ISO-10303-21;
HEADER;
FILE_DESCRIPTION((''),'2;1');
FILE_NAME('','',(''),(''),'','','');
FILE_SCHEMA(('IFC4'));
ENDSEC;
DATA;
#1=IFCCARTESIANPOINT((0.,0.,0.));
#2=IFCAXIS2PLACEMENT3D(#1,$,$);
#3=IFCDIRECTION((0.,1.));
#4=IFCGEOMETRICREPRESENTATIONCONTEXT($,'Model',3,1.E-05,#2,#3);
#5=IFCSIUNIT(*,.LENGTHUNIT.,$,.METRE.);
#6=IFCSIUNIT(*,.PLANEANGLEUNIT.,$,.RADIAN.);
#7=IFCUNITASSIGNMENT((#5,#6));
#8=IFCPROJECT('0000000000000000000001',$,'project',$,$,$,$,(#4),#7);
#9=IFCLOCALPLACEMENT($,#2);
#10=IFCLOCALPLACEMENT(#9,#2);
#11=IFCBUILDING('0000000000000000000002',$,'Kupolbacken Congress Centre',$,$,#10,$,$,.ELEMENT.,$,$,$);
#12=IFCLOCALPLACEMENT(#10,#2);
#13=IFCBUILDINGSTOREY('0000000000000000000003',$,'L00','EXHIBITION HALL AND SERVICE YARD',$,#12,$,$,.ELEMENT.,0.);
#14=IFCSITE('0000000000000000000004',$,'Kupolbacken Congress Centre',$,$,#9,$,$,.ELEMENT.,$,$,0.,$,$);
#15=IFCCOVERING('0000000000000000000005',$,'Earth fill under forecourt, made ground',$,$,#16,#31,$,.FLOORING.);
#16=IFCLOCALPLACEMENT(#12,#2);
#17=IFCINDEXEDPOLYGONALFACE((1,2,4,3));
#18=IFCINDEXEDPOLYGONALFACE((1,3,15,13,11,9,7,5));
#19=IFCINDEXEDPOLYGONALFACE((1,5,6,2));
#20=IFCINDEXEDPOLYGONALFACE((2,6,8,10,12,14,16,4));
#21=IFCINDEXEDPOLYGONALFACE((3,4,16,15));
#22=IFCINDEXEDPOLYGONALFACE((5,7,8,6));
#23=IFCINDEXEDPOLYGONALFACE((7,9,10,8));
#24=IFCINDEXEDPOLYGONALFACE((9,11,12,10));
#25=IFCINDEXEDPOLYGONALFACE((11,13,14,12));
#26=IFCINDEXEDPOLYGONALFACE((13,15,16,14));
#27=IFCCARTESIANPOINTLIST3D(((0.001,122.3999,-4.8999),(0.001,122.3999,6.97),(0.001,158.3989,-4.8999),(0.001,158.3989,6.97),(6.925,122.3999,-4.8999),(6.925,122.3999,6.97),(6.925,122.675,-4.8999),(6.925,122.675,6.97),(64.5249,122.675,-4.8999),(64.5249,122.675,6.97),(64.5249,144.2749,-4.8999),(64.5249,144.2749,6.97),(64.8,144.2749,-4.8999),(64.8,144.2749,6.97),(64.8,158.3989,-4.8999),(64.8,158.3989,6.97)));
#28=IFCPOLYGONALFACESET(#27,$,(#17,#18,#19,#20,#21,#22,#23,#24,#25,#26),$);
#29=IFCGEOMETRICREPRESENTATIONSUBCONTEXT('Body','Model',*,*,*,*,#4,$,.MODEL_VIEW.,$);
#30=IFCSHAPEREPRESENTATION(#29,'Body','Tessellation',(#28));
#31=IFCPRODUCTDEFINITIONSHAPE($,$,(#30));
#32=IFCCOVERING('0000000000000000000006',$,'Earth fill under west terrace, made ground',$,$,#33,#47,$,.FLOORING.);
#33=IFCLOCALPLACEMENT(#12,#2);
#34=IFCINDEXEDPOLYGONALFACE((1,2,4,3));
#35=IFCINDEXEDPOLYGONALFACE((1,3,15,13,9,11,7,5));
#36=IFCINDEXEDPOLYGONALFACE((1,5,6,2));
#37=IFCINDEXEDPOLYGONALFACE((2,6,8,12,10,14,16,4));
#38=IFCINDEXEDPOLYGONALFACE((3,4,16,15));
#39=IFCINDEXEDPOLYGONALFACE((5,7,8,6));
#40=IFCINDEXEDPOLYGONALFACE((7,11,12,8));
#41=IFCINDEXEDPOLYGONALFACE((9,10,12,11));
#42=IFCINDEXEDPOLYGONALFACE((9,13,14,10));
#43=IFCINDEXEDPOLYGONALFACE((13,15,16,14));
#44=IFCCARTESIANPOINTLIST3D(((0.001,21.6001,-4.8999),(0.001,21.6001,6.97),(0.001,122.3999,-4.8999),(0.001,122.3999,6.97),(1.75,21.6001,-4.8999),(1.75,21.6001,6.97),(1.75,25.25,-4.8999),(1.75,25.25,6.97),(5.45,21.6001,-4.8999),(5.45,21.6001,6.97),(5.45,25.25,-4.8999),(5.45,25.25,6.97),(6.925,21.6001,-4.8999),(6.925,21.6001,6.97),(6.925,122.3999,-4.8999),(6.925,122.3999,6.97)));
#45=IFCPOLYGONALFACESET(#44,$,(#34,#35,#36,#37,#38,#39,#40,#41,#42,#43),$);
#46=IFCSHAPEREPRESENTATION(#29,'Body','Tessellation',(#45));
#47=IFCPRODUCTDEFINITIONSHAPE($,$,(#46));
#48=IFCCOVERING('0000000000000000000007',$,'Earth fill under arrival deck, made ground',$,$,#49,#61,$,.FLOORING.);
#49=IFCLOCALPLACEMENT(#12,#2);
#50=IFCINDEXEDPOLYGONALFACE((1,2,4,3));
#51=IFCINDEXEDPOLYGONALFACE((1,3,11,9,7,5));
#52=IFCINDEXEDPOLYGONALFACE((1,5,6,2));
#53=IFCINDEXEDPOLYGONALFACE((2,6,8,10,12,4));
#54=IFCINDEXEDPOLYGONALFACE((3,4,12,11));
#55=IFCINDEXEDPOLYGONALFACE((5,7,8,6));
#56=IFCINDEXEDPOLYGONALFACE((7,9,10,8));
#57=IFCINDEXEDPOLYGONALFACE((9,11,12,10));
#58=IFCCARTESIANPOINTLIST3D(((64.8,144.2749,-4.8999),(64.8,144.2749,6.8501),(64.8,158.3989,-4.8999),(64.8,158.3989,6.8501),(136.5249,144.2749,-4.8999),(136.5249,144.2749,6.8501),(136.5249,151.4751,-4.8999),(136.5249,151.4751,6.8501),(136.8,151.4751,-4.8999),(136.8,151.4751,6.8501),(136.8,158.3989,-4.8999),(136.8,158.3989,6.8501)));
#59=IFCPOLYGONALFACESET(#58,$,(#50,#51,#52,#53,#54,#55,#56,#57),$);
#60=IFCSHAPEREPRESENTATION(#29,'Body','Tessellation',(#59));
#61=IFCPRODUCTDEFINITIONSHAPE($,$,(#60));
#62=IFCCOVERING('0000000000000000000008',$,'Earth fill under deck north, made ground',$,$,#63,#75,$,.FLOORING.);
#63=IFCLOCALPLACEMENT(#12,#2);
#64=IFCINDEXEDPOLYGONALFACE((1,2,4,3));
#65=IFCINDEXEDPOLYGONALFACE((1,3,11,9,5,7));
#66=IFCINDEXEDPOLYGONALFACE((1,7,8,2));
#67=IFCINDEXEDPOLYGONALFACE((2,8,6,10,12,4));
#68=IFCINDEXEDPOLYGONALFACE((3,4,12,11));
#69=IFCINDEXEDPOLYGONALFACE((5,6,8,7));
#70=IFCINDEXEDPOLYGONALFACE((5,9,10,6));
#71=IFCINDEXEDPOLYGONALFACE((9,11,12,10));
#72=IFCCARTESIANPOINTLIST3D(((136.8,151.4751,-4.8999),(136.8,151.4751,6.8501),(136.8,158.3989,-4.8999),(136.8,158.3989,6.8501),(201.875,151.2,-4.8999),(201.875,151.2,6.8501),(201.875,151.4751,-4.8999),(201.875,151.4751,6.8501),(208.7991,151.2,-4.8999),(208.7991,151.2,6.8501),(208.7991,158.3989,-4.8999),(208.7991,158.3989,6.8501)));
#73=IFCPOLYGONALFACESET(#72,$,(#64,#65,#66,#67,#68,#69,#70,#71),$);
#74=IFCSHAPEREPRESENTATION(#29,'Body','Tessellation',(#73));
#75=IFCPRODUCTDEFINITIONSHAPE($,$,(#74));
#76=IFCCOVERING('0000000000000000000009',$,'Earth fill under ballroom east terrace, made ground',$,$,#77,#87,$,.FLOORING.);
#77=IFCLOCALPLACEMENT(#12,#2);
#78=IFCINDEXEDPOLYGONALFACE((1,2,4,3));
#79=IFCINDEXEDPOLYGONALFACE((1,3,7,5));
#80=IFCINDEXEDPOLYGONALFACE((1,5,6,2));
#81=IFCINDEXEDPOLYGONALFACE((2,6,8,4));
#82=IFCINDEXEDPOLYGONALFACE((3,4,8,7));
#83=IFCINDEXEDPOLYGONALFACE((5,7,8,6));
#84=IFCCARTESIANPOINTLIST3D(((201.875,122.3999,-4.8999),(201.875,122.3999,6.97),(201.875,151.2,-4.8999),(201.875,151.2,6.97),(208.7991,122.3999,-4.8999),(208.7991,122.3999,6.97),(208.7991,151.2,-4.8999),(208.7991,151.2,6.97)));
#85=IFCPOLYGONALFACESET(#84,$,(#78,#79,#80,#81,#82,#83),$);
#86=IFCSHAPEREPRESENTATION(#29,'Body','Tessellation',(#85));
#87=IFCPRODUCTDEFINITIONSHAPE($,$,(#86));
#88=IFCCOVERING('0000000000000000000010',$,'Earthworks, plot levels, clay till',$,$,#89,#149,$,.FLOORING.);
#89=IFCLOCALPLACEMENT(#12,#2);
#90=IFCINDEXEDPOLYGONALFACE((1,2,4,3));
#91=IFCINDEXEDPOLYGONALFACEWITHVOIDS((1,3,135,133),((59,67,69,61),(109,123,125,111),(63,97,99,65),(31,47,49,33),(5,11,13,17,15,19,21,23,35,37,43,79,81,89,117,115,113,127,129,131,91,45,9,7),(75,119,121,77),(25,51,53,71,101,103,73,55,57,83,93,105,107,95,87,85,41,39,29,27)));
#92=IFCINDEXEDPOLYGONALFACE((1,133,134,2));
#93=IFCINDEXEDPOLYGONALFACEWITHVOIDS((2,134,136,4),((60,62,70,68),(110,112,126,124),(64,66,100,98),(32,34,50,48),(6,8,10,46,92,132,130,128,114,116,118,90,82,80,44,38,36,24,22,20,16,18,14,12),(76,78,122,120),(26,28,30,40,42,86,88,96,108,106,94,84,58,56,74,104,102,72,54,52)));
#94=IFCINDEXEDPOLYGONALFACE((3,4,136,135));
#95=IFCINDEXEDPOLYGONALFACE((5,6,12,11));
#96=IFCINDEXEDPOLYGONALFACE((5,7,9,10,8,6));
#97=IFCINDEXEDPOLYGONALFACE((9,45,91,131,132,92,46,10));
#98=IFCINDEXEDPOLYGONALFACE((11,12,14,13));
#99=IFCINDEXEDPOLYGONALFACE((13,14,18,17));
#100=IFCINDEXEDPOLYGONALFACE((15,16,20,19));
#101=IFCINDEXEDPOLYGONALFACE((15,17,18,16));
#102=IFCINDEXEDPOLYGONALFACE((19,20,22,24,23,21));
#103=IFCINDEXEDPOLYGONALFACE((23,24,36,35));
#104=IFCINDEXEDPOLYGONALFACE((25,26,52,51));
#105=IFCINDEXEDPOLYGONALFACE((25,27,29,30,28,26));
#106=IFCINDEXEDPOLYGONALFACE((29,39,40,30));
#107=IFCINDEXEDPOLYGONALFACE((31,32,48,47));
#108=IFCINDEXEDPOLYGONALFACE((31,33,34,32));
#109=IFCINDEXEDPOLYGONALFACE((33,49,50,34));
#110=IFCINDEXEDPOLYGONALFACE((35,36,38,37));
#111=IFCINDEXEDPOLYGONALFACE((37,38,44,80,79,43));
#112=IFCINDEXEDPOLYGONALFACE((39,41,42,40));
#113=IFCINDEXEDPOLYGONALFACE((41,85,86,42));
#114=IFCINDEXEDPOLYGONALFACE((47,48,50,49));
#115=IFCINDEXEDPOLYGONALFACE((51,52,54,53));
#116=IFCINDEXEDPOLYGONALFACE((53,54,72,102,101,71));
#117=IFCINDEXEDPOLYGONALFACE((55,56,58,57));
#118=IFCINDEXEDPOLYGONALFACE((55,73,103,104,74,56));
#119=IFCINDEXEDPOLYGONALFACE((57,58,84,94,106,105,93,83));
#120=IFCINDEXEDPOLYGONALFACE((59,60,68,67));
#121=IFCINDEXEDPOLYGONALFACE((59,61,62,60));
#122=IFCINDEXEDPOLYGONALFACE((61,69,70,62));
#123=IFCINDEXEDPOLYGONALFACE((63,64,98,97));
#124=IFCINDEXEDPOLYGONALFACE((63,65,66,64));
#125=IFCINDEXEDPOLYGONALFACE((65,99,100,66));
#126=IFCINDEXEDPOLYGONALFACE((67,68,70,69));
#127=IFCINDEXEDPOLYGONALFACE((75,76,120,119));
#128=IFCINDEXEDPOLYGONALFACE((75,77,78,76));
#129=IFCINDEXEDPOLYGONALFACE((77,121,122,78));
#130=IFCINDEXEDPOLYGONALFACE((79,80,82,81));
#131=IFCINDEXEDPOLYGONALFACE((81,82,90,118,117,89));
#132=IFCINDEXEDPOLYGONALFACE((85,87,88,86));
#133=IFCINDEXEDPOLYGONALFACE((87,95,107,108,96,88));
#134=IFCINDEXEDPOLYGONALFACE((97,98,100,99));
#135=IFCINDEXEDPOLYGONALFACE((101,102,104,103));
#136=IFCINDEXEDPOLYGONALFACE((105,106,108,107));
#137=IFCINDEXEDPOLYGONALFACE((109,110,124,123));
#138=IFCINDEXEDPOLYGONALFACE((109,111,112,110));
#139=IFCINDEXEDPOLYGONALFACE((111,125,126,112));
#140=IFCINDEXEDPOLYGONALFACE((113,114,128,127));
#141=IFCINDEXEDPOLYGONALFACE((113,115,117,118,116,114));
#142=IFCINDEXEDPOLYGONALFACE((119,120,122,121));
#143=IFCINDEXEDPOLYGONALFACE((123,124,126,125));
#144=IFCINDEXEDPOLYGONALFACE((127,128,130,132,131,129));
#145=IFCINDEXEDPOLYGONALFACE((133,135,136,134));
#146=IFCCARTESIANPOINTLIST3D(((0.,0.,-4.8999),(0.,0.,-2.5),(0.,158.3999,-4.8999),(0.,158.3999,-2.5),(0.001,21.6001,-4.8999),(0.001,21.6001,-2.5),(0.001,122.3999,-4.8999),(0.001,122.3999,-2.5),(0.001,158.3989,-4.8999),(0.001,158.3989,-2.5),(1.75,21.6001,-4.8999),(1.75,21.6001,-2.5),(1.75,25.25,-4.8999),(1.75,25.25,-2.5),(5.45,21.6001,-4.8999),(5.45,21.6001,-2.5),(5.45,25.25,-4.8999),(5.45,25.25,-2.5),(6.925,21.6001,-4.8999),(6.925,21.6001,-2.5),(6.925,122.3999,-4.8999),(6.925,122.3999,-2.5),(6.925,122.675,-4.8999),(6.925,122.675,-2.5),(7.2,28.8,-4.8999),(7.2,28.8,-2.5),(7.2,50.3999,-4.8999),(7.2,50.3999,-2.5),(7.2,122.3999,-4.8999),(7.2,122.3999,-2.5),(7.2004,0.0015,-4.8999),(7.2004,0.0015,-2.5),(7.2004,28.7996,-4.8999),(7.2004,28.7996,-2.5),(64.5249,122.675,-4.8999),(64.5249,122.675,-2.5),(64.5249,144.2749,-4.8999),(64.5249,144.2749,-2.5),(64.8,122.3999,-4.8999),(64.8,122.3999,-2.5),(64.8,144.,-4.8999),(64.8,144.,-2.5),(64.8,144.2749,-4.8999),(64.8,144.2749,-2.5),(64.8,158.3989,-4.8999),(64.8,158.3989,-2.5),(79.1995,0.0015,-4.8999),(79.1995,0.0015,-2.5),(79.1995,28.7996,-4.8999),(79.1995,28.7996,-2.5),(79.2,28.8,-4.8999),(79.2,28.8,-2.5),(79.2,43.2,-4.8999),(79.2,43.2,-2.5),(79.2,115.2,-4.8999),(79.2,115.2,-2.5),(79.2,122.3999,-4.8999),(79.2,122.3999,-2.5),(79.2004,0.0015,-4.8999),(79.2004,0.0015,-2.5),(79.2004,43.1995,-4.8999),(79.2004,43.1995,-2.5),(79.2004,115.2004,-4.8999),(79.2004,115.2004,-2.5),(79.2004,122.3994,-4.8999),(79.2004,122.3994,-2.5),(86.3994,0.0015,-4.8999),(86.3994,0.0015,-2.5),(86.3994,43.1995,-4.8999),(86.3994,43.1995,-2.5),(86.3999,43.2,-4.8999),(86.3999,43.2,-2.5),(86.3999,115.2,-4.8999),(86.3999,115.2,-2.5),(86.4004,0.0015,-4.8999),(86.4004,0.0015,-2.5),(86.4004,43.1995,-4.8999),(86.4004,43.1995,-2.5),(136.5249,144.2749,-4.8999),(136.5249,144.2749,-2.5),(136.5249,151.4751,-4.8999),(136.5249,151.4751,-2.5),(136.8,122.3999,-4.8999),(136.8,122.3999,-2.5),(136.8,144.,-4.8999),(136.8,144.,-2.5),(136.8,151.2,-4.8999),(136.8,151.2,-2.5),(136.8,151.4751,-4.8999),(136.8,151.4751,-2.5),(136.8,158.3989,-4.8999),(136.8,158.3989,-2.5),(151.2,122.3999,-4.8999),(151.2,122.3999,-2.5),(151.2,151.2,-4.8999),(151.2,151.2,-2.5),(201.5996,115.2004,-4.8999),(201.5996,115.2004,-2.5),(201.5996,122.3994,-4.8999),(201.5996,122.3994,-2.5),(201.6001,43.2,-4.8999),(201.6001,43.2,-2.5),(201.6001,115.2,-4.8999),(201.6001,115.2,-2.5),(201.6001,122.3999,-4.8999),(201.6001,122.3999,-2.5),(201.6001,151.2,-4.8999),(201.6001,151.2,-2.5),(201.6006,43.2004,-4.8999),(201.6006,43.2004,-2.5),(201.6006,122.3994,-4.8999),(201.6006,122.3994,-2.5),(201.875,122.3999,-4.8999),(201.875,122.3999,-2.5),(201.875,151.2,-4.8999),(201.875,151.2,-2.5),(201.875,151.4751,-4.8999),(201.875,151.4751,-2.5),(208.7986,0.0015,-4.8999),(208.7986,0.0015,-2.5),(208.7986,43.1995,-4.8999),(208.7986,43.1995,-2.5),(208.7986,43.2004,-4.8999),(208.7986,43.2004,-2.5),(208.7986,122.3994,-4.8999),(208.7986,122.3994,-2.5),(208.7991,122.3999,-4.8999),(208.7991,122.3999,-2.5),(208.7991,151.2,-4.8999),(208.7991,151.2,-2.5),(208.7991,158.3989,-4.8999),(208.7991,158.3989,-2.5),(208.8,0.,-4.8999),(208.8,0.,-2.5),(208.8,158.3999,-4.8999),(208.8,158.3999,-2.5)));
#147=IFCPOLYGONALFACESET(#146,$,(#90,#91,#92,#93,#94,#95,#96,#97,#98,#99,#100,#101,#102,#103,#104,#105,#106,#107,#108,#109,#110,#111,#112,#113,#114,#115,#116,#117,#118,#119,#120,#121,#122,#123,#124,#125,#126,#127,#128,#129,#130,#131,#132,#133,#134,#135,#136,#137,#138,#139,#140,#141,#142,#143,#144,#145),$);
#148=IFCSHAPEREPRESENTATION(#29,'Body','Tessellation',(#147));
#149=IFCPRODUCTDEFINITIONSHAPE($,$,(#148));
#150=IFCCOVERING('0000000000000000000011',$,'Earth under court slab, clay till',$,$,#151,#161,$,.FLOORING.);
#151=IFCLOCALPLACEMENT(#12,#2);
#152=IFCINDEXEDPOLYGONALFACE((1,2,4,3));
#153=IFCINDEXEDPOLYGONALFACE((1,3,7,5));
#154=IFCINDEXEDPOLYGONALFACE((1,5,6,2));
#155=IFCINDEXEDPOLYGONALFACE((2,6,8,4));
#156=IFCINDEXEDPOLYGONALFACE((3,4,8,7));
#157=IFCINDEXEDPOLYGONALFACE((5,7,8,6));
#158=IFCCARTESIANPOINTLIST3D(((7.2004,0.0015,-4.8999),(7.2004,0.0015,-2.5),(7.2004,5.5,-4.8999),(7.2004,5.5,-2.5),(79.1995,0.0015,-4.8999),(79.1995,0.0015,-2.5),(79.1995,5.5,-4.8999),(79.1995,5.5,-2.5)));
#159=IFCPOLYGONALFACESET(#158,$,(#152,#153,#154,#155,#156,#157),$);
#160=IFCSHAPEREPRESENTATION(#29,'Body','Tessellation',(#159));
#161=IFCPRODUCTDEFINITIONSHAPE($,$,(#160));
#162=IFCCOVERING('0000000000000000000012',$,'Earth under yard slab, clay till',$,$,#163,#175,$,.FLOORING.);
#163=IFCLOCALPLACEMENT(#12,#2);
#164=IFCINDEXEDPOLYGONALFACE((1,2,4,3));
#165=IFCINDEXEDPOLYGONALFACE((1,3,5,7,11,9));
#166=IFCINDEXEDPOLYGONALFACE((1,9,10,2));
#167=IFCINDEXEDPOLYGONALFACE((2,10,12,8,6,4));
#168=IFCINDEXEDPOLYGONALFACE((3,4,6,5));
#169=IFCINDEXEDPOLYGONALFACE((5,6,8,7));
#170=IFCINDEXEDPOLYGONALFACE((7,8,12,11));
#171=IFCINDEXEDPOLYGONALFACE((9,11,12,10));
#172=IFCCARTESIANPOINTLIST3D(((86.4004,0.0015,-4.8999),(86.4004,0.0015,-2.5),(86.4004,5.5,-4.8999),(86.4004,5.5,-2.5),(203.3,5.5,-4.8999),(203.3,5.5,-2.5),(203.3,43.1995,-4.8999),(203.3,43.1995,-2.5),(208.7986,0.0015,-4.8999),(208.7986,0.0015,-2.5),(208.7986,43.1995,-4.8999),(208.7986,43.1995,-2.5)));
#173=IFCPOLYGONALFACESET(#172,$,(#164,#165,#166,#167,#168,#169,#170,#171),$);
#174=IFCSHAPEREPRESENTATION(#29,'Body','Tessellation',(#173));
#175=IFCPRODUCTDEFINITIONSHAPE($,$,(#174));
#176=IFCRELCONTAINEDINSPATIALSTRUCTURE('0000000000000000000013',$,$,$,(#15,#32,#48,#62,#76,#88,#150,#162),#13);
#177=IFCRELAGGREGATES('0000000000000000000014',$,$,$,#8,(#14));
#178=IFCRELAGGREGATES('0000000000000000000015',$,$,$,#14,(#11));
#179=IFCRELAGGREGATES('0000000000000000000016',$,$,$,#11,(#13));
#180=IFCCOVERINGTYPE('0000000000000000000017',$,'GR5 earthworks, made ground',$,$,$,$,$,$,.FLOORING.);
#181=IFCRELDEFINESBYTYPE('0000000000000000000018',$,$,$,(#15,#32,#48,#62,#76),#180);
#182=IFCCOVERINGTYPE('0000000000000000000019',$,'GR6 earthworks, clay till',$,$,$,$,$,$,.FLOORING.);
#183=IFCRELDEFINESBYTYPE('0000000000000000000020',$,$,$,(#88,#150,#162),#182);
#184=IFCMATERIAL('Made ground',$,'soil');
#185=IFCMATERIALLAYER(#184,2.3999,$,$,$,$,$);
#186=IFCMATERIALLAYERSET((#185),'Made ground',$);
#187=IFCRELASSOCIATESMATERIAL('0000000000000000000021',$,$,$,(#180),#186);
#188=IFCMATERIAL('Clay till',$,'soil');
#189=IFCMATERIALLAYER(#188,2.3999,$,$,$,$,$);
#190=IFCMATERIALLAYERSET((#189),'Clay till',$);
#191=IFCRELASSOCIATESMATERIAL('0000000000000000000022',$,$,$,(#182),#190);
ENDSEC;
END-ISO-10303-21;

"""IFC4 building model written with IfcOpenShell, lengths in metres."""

from ifc_helpers import new_model, si_unit, direction, frame, origin, place, context, subcontext, project, spatial, polyline, outline, extrude, material, layer, layer_set, type_object, element, save


model = new_model("IFC4")

# Units and contexts
model_context = context("Model", 3, precision=1e-05, world=origin(), true_north=direction((0.0, 1.0)))
body_context = subcontext(model_context, "Body", "Model", "MODEL_VIEW")
ifc_project = project(units=[si_unit("LENGTHUNIT", "METRE"), si_unit("PLANEANGLEUNIT", "RADIAN")], contexts=[model_context])

# Site, building, storey
site_placement = place(None, origin())
site = spatial("IfcSite", under=ifc_project, at=site_placement, Name="Kupolbacken Congress Centre", CompositionType="ELEMENT", RefElevation=0.0)
building_placement = place(site_placement, origin())
building = spatial("IfcBuilding", under=site, at=building_placement, Name="Kupolbacken Congress Centre", CompositionType="ELEMENT")
storey_placement = place(building_placement, origin())
storey = spatial("IfcBuildingStorey", under=building, at=storey_placement, Name="L00", Description="EXHIBITION HALL AND SERVICE YARD", CompositionType="ELEMENT", Elevation=0.0)

# Coverings
ifc_material_1 = material(Name="Made ground", Category="soil")
ifc_layer_1 = layer(ifc_material_1, 2.3999)
ifc_layer_set_1 = layer_set([ifc_layer_1], Name="Made ground")
covering_type_1 = type_object("IfcCoveringType", Name="GR5 earthworks, made ground", PredefinedType="FLOORING", material=ifc_layer_set_1)
covering_1_placement = place(storey_placement, frame((0.0, 0.0, -4.8999)))
element("IfcCovering", 1, at=covering_1_placement, inside=storey, type_object=covering_type_1, Name="Earth fill under forecourt, made ground", PredefinedType="FLOORING", context=body_context, shape_type="SweptSolid", body=[
    extrude(outline(polyline([(64.8, 144.2749), (64.5249, 144.2749), (64.5249, 122.675), (6.925, 122.675), (6.925, 122.3999), (0.001, 122.3999), (0.001, 158.3989), (64.8, 158.3989), (64.8, 144.2749)])), origin(), (0.0, 0.0, 1.0), 11.8699),
])
covering_2_placement = place(storey_placement, frame((0.0, 0.0, -4.8999)))
element("IfcCovering", 2, at=covering_2_placement, inside=storey, type_object=covering_type_1, Name="Earth fill under west terrace, made ground", PredefinedType="FLOORING", context=body_context, shape_type="SweptSolid", body=[
    extrude(outline(polyline([(6.925, 122.3999), (6.925, 21.6001), (5.45, 21.6001), (5.45, 25.25), (1.75, 25.25), (1.75, 21.6001), (0.001, 21.6001), (0.001, 122.3999), (6.925, 122.3999)])), origin(), (0.0, 0.0, 1.0), 11.8699),
])
covering_3_placement = place(storey_placement, frame((0.0, 0.0, -4.8999)))
element("IfcCovering", 3, at=covering_3_placement, inside=storey, type_object=covering_type_1, Name="Earth fill under arrival deck, made ground", PredefinedType="FLOORING", context=body_context, shape_type="SweptSolid", body=[
    extrude(outline(polyline([(136.8, 151.4751), (136.5249, 151.4751), (136.5249, 144.2749), (64.8, 144.2749), (64.8, 158.3989), (136.8, 158.3989), (136.8, 151.4751)])), origin(), (0.0, 0.0, 1.0), 11.75),
])
covering_4_placement = place(storey_placement, frame((0.0, 0.0, -4.8999)))
element("IfcCovering", 4, at=covering_4_placement, inside=storey, type_object=covering_type_1, Name="Earth fill under deck north, made ground", PredefinedType="FLOORING", context=body_context, shape_type="SweptSolid", body=[
    extrude(outline(polyline([(201.875, 151.2), (201.875, 151.4751), (136.8, 151.4751), (136.8, 158.3989), (208.7991, 158.3989), (208.7991, 151.2), (201.875, 151.2)])), origin(), (0.0, 0.0, 1.0), 11.75),
])
covering_5_placement = place(storey_placement, frame((0.0, 0.0, -4.8999)))
element("IfcCovering", 5, at=covering_5_placement, inside=storey, type_object=covering_type_1, Name="Earth fill under ballroom east terrace, made ground", PredefinedType="FLOORING", context=body_context, shape_type="SweptSolid", body=[
    extrude(outline(polyline([(201.875, 122.3999), (201.875, 151.2), (208.7991, 151.2), (208.7991, 122.3999), (201.875, 122.3999)])), origin(), (0.0, 0.0, 1.0), 11.8699),
])
ifc_material_2 = material(Name="Clay till", Category="soil")
ifc_layer_2 = layer(ifc_material_2, 2.3999)
ifc_layer_set_2 = layer_set([ifc_layer_2], Name="Clay till")
covering_type_2 = type_object("IfcCoveringType", Name="GR6 earthworks, clay till", PredefinedType="FLOORING", material=ifc_layer_set_2)
covering_6_placement = place(storey_placement, frame((0.0, 0.0, -4.8999)))
element("IfcCovering", 6, at=covering_6_placement, inside=storey, type_object=covering_type_2, Name="Earthworks, plot levels, clay till", PredefinedType="FLOORING", context=body_context, shape_type="SweptSolid", body=[
    extrude(outline(polyline([(0.0, 158.3999), (208.8, 158.3999), (208.8, 0.0), (0.0, 0.0), (0.0, 158.3999)]), holes=[polyline([(5.45, 21.6001), (6.925, 21.6001), (6.925, 122.3999), (6.925, 122.675), (64.5249, 122.675), (64.5249, 144.2749), (64.8, 144.2749), (136.5249, 144.2749), (136.5249, 151.4751), (136.8, 151.4751), (201.875, 151.4751), (201.875, 151.2), (201.875, 122.3999), (208.7991, 122.3999), (208.7991, 151.2), (208.7991, 158.3989), (136.8, 158.3989), (64.8, 158.3989), (0.001, 158.3989), (0.001, 122.3999), (0.001, 21.6001), (1.75, 21.6001), (1.75, 25.25), (5.45, 25.25), (5.45, 21.6001)]), polyline([(208.7986, 43.1995), (86.4004, 43.1995), (86.4004, 0.0015), (208.7986, 0.0015), (208.7986, 43.1995)]), polyline([(208.7986, 43.2004), (208.7986, 122.3994), (201.6006, 122.3994), (201.6006, 43.2004), (208.7986, 43.2004)]), polyline([(7.2, 28.8), (79.2, 28.8), (79.2, 43.2), (86.3999, 43.2), (201.6001, 43.2), (201.6001, 115.2), (86.3999, 115.2), (79.2, 115.2), (79.2, 122.3999), (136.8, 122.3999), (151.2, 122.3999), (201.6001, 122.3999), (201.6001, 151.2), (151.2, 151.2), (136.8, 151.2), (136.8, 144.0), (64.8, 144.0), (64.8, 122.3999), (7.2, 122.3999), (7.2, 50.3999), (7.2, 28.8)]), polyline([(201.5996, 122.3994), (79.2004, 122.3994), (79.2004, 115.2004), (201.5996, 115.2004), (201.5996, 122.3994)]), polyline([(86.3994, 43.1995), (79.2004, 43.1995), (79.2004, 0.0015), (86.3994, 0.0015), (86.3994, 43.1995)]), polyline([(79.1995, 28.7996), (7.2004, 28.7996), (7.2004, 0.0015), (79.1995, 0.0015), (79.1995, 28.7996)])]), origin(), (0.0, 0.0, 1.0), 2.3999),
])
covering_7_placement = place(storey_placement, frame((0.0, 0.0, -4.8999)))
element("IfcCovering", 7, at=covering_7_placement, inside=storey, type_object=covering_type_2, Name="Earth under court slab, clay till", PredefinedType="FLOORING", context=body_context, shape_type="SweptSolid", body=[
    extrude(outline(polyline([(7.2004, 5.5), (79.1995, 5.5), (79.1995, 0.0015), (7.2004, 0.0015), (7.2004, 5.5)])), origin(), (0.0, 0.0, 1.0), 2.3999),
])
covering_8_placement = place(storey_placement, frame((0.0, 0.0, -4.8999)))
element("IfcCovering", 8, at=covering_8_placement, inside=storey, type_object=covering_type_2, Name="Earth under yard slab, clay till", PredefinedType="FLOORING", context=body_context, shape_type="SweptSolid", body=[
    extrude(outline(polyline([(86.4004, 0.0015), (86.4004, 5.5), (203.3, 5.5), (203.3, 43.1995), (208.7986, 43.1995), (208.7986, 0.0015), (86.4004, 0.0015)])), origin(), (0.0, 0.0, 1.0), 2.3999),
])

save(model, "model.ifc")
